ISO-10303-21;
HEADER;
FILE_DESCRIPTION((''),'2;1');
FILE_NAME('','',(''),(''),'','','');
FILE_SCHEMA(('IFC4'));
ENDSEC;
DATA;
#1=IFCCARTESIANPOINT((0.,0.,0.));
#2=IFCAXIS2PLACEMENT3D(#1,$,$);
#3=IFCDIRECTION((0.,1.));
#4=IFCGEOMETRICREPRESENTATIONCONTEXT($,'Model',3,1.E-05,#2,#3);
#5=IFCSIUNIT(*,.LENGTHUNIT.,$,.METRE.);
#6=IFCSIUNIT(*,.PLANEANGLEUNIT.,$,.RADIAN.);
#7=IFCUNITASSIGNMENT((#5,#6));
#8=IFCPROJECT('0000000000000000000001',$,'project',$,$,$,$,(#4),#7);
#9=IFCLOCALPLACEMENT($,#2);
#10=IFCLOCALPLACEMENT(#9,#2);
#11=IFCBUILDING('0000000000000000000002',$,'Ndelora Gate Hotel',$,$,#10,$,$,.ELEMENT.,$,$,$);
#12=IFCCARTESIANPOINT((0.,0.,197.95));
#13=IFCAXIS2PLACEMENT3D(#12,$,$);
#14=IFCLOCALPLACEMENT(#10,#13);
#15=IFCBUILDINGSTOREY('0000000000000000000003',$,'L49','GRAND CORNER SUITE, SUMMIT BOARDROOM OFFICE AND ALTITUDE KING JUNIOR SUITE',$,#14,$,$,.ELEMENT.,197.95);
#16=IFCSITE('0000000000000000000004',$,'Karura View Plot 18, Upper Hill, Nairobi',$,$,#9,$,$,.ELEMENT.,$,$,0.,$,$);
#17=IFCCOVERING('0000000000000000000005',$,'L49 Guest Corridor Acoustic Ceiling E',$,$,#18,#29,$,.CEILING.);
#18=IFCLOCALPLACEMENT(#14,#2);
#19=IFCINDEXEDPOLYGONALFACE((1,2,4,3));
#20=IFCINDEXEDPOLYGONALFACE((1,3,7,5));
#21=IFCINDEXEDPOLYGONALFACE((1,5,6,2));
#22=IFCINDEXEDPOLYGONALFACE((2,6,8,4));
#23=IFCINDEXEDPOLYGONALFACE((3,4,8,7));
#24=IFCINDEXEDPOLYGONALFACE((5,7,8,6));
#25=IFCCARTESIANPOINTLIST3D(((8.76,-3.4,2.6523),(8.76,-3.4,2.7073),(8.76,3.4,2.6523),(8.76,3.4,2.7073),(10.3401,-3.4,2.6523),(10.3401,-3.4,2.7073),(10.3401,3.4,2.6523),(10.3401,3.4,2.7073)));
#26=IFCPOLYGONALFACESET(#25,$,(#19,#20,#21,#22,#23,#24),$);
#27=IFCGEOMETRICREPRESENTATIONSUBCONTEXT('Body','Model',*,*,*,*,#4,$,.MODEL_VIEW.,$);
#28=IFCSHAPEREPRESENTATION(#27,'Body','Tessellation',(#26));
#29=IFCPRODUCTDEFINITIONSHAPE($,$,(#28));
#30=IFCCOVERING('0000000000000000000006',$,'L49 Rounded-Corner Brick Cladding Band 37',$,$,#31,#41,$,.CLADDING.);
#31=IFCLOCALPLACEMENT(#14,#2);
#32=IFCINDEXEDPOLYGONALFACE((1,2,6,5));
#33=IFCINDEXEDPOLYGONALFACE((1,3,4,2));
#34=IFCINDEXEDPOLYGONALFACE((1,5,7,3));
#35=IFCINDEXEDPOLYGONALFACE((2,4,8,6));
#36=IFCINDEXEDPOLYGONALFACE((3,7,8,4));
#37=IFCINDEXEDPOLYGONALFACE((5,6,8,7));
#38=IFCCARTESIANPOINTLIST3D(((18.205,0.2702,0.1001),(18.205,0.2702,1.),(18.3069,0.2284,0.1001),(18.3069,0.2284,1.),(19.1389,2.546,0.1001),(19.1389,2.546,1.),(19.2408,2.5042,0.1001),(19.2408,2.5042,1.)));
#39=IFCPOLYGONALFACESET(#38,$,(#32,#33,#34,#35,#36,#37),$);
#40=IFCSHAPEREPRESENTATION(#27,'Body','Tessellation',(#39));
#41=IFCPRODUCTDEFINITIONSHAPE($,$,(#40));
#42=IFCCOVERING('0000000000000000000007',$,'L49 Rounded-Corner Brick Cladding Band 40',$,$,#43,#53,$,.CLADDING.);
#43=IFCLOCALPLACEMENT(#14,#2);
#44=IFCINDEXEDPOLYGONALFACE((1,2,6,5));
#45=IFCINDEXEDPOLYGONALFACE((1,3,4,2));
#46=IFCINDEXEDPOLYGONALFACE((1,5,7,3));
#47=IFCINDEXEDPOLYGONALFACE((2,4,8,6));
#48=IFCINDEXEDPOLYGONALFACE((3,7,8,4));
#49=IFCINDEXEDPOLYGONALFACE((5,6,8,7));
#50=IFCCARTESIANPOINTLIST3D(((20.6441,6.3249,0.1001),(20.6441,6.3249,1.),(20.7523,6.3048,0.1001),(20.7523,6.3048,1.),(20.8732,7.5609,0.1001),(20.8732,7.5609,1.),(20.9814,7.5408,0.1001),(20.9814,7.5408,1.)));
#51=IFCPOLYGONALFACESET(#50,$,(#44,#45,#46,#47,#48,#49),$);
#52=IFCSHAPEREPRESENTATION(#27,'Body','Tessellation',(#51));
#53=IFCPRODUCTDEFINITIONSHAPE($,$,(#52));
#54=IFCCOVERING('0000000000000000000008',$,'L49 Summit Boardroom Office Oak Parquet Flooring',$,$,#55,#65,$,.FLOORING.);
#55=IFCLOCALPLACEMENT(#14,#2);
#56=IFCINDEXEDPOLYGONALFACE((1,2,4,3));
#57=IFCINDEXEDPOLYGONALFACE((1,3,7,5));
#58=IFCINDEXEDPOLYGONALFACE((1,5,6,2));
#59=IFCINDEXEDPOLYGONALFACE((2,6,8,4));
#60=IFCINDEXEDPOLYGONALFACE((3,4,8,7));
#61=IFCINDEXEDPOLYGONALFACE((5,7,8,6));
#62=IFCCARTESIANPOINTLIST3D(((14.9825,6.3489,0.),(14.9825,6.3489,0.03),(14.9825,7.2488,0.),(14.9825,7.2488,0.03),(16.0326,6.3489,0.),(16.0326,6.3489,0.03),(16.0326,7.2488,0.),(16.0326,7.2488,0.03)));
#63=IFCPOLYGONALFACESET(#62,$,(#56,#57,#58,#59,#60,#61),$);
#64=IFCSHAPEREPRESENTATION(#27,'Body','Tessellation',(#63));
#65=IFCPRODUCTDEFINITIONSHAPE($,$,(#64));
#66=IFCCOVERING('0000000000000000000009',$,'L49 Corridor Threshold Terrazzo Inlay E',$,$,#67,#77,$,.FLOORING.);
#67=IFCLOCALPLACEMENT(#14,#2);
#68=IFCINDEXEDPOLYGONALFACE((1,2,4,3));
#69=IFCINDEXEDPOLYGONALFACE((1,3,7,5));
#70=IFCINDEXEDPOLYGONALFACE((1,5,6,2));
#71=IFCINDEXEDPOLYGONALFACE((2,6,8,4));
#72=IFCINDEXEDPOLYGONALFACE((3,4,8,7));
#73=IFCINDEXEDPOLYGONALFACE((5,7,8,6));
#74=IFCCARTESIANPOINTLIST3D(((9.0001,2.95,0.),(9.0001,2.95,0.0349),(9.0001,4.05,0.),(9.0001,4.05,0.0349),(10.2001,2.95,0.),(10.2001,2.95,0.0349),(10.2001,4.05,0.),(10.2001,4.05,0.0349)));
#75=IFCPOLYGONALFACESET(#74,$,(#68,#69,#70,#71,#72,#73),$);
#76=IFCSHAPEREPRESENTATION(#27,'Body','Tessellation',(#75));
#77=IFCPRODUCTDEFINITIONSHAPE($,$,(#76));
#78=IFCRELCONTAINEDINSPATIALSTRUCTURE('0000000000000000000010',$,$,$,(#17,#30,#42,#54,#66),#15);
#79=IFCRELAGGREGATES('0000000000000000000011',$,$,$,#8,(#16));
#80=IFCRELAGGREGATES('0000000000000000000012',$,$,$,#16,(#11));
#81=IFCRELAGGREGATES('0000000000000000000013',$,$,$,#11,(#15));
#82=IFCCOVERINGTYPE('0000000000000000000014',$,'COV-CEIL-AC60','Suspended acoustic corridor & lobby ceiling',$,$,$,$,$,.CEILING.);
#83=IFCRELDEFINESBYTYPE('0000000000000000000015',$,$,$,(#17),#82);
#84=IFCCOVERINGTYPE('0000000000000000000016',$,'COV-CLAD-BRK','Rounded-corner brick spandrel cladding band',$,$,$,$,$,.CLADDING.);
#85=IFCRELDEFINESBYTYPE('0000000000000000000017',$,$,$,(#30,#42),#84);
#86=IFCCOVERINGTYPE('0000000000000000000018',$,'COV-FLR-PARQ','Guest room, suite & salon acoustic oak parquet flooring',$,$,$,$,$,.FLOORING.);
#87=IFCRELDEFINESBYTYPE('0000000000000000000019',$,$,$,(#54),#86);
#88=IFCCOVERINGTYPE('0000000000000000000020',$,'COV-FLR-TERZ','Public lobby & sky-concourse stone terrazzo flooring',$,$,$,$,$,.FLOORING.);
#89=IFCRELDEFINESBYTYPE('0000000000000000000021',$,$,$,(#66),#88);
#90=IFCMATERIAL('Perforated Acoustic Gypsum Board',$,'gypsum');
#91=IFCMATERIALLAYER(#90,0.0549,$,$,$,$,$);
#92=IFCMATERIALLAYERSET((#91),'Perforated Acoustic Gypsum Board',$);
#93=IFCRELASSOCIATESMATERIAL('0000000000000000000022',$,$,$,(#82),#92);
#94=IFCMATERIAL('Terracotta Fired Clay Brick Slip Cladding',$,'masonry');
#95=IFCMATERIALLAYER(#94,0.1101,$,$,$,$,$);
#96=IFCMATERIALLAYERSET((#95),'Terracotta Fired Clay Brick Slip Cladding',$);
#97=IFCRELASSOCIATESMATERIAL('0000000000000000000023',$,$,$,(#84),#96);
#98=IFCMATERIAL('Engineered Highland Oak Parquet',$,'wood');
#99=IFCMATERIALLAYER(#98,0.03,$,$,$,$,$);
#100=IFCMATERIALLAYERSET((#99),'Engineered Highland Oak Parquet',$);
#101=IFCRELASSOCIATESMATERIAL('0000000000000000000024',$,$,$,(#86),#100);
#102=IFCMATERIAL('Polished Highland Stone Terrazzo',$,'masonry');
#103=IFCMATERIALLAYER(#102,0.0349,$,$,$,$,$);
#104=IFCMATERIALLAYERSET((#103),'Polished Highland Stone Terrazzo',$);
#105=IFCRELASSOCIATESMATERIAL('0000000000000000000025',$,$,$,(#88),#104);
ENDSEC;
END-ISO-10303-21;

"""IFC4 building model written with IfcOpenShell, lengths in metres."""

from ifc_helpers import new_model, si_unit, direction, frame, origin, origin_2d, place, context, subcontext, project, spatial, rectangle, extrude, material, layer, layer_set, type_object, element, save


model = new_model("IFC4")

# Units and contexts
model_context = context("Model", 3, precision=1e-05, world=origin(), true_north=direction((0.0, 1.0)))
body_context = subcontext(model_context, "Body", "Model", "MODEL_VIEW")
ifc_project = project(units=[si_unit("LENGTHUNIT", "METRE"), si_unit("PLANEANGLEUNIT", "RADIAN")], contexts=[model_context])

# Site, building, storey
site_placement = place(None, origin())
site = spatial("IfcSite", under=ifc_project, at=site_placement, Name="Karura View Plot 18, Upper Hill, Nairobi", CompositionType="ELEMENT", RefElevation=0.0)
building_placement = place(site_placement, origin())
building = spatial("IfcBuilding", under=site, at=building_placement, Name="Ndelora Gate Hotel", CompositionType="ELEMENT")
storey_placement = place(building_placement, frame((0.0, 0.0, 197.95)))
storey = spatial("IfcBuildingStorey", under=building, at=storey_placement, Name="L49", Description="GRAND CORNER SUITE, SUMMIT BOARDROOM OFFICE AND ALTITUDE KING JUNIOR SUITE", CompositionType="ELEMENT", Elevation=197.95)

# Coverings
ifc_material_1 = material(Name="Perforated Acoustic Gypsum Board", Category="gypsum")
ifc_layer_1 = layer(ifc_material_1, 0.0549)
ifc_layer_set_1 = layer_set([ifc_layer_1], Name="Perforated Acoustic Gypsum Board")
covering_type_1 = type_object("IfcCoveringType", Name="COV-CEIL-AC60", Description="Suspended acoustic corridor & lobby ceiling", PredefinedType="CEILING", material=ifc_layer_set_1)
covering_1_placement = place(storey_placement, frame((9.55, 0.0, 2.6523), z_axis=(0.0, 0.0, 1.0), x_axis=(1.0, 0.0, 0.0)))
element("IfcCovering", 1, at=covering_1_placement, inside=storey, type_object=covering_type_1, Name="L49 Guest Corridor Acoustic Ceiling E", PredefinedType="CEILING", context=body_context, shape_type="SweptSolid", body=[
    extrude(rectangle(XDim=1.5801, YDim=6.8, at=origin_2d()), origin(), (0.0, 0.0, 1.0), 0.0549),
])
ifc_material_2 = material(Name="Terracotta Fired Clay Brick Slip Cladding", Category="masonry")
ifc_layer_2 = layer(ifc_material_2, 0.1101)
ifc_layer_set_2 = layer_set([ifc_layer_2], Name="Terracotta Fired Clay Brick Slip Cladding")
covering_type_2 = type_object("IfcCoveringType", Name="COV-CLAD-BRK", Description="Rounded-corner brick spandrel cladding band", PredefinedType="CLADDING", material=ifc_layer_set_2)
covering_2_placement = place(storey_placement, frame((18.7229, 1.3872, 0.1001), z_axis=(0.0, 0.0, 1.0), x_axis=(0.379618, 0.925143, 0.0)))
element("IfcCovering", 2, at=covering_2_placement, inside=storey, type_object=covering_type_2, Name="L49 Rounded-Corner Brick Cladding Band 37", PredefinedType="CLADDING", context=body_context, shape_type="SweptSolid", body=[
    extrude(rectangle(XDim=2.46, YDim=0.1101, at=origin_2d()), origin(), (0.0, 0.0, 1.0), 0.8999),
])
covering_3_placement = place(storey_placement, frame((20.8127, 6.9329, 0.1001), z_axis=(0.0, 0.0, 1.0), x_axis=(0.182236, 0.983255, 0.0)))
element("IfcCovering", 3, at=covering_3_placement, inside=storey, type_object=covering_type_2, Name="L49 Rounded-Corner Brick Cladding Band 40", PredefinedType="CLADDING", context=body_context, shape_type="SweptSolid", body=[
    extrude(rectangle(XDim=1.2571, YDim=0.1101, at=origin_2d()), origin(), (0.0, 0.0, 1.0), 0.8999),
])
ifc_material_3 = material(Name="Engineered Highland Oak Parquet", Category="wood")
ifc_layer_3 = layer(ifc_material_3, 0.03)
ifc_layer_set_3 = layer_set([ifc_layer_3], Name="Engineered Highland Oak Parquet")
covering_type_3 = type_object("IfcCoveringType", Name="COV-FLR-PARQ", Description="Guest room, suite & salon acoustic oak parquet flooring", PredefinedType="FLOORING", material=ifc_layer_set_3)
covering_4_placement = place(storey_placement, frame((15.5076, 6.7988, 0.0), z_axis=(0.0, 0.0, 1.0), x_axis=(1.0, 0.0, 0.0)))
element("IfcCovering", 4, at=covering_4_placement, inside=storey, type_object=covering_type_3, Name="L49 Summit Boardroom Office Oak Parquet Flooring", PredefinedType="FLOORING", context=body_context, shape_type="SweptSolid", body=[
    extrude(rectangle(XDim=1.05, YDim=0.8999, at=origin_2d()), origin(), (0.0, 0.0, 1.0), 0.03),
])
ifc_material_4 = material(Name="Polished Highland Stone Terrazzo", Category="masonry")
ifc_layer_4 = layer(ifc_material_4, 0.0349)
ifc_layer_set_4 = layer_set([ifc_layer_4], Name="Polished Highland Stone Terrazzo")
covering_type_4 = type_object("IfcCoveringType", Name="COV-FLR-TERZ", Description="Public lobby & sky-concourse stone terrazzo flooring", PredefinedType="FLOORING", material=ifc_layer_set_4)
covering_5_placement = place(storey_placement, frame((9.6001, 3.5, 0.0), z_axis=(0.0, 0.0, 1.0), x_axis=(1.0, 0.0, 0.0)))
element("IfcCovering", 5, at=covering_5_placement, inside=storey, type_object=covering_type_4, Name="L49 Corridor Threshold Terrazzo Inlay E", PredefinedType="FLOORING", context=body_context, shape_type="SweptSolid", body=[
    extrude(rectangle(XDim=1.2, YDim=1.1001, at=origin_2d()), origin(), (0.0, 0.0, 1.0), 0.0349),
])

save(model, "model.ifc")
